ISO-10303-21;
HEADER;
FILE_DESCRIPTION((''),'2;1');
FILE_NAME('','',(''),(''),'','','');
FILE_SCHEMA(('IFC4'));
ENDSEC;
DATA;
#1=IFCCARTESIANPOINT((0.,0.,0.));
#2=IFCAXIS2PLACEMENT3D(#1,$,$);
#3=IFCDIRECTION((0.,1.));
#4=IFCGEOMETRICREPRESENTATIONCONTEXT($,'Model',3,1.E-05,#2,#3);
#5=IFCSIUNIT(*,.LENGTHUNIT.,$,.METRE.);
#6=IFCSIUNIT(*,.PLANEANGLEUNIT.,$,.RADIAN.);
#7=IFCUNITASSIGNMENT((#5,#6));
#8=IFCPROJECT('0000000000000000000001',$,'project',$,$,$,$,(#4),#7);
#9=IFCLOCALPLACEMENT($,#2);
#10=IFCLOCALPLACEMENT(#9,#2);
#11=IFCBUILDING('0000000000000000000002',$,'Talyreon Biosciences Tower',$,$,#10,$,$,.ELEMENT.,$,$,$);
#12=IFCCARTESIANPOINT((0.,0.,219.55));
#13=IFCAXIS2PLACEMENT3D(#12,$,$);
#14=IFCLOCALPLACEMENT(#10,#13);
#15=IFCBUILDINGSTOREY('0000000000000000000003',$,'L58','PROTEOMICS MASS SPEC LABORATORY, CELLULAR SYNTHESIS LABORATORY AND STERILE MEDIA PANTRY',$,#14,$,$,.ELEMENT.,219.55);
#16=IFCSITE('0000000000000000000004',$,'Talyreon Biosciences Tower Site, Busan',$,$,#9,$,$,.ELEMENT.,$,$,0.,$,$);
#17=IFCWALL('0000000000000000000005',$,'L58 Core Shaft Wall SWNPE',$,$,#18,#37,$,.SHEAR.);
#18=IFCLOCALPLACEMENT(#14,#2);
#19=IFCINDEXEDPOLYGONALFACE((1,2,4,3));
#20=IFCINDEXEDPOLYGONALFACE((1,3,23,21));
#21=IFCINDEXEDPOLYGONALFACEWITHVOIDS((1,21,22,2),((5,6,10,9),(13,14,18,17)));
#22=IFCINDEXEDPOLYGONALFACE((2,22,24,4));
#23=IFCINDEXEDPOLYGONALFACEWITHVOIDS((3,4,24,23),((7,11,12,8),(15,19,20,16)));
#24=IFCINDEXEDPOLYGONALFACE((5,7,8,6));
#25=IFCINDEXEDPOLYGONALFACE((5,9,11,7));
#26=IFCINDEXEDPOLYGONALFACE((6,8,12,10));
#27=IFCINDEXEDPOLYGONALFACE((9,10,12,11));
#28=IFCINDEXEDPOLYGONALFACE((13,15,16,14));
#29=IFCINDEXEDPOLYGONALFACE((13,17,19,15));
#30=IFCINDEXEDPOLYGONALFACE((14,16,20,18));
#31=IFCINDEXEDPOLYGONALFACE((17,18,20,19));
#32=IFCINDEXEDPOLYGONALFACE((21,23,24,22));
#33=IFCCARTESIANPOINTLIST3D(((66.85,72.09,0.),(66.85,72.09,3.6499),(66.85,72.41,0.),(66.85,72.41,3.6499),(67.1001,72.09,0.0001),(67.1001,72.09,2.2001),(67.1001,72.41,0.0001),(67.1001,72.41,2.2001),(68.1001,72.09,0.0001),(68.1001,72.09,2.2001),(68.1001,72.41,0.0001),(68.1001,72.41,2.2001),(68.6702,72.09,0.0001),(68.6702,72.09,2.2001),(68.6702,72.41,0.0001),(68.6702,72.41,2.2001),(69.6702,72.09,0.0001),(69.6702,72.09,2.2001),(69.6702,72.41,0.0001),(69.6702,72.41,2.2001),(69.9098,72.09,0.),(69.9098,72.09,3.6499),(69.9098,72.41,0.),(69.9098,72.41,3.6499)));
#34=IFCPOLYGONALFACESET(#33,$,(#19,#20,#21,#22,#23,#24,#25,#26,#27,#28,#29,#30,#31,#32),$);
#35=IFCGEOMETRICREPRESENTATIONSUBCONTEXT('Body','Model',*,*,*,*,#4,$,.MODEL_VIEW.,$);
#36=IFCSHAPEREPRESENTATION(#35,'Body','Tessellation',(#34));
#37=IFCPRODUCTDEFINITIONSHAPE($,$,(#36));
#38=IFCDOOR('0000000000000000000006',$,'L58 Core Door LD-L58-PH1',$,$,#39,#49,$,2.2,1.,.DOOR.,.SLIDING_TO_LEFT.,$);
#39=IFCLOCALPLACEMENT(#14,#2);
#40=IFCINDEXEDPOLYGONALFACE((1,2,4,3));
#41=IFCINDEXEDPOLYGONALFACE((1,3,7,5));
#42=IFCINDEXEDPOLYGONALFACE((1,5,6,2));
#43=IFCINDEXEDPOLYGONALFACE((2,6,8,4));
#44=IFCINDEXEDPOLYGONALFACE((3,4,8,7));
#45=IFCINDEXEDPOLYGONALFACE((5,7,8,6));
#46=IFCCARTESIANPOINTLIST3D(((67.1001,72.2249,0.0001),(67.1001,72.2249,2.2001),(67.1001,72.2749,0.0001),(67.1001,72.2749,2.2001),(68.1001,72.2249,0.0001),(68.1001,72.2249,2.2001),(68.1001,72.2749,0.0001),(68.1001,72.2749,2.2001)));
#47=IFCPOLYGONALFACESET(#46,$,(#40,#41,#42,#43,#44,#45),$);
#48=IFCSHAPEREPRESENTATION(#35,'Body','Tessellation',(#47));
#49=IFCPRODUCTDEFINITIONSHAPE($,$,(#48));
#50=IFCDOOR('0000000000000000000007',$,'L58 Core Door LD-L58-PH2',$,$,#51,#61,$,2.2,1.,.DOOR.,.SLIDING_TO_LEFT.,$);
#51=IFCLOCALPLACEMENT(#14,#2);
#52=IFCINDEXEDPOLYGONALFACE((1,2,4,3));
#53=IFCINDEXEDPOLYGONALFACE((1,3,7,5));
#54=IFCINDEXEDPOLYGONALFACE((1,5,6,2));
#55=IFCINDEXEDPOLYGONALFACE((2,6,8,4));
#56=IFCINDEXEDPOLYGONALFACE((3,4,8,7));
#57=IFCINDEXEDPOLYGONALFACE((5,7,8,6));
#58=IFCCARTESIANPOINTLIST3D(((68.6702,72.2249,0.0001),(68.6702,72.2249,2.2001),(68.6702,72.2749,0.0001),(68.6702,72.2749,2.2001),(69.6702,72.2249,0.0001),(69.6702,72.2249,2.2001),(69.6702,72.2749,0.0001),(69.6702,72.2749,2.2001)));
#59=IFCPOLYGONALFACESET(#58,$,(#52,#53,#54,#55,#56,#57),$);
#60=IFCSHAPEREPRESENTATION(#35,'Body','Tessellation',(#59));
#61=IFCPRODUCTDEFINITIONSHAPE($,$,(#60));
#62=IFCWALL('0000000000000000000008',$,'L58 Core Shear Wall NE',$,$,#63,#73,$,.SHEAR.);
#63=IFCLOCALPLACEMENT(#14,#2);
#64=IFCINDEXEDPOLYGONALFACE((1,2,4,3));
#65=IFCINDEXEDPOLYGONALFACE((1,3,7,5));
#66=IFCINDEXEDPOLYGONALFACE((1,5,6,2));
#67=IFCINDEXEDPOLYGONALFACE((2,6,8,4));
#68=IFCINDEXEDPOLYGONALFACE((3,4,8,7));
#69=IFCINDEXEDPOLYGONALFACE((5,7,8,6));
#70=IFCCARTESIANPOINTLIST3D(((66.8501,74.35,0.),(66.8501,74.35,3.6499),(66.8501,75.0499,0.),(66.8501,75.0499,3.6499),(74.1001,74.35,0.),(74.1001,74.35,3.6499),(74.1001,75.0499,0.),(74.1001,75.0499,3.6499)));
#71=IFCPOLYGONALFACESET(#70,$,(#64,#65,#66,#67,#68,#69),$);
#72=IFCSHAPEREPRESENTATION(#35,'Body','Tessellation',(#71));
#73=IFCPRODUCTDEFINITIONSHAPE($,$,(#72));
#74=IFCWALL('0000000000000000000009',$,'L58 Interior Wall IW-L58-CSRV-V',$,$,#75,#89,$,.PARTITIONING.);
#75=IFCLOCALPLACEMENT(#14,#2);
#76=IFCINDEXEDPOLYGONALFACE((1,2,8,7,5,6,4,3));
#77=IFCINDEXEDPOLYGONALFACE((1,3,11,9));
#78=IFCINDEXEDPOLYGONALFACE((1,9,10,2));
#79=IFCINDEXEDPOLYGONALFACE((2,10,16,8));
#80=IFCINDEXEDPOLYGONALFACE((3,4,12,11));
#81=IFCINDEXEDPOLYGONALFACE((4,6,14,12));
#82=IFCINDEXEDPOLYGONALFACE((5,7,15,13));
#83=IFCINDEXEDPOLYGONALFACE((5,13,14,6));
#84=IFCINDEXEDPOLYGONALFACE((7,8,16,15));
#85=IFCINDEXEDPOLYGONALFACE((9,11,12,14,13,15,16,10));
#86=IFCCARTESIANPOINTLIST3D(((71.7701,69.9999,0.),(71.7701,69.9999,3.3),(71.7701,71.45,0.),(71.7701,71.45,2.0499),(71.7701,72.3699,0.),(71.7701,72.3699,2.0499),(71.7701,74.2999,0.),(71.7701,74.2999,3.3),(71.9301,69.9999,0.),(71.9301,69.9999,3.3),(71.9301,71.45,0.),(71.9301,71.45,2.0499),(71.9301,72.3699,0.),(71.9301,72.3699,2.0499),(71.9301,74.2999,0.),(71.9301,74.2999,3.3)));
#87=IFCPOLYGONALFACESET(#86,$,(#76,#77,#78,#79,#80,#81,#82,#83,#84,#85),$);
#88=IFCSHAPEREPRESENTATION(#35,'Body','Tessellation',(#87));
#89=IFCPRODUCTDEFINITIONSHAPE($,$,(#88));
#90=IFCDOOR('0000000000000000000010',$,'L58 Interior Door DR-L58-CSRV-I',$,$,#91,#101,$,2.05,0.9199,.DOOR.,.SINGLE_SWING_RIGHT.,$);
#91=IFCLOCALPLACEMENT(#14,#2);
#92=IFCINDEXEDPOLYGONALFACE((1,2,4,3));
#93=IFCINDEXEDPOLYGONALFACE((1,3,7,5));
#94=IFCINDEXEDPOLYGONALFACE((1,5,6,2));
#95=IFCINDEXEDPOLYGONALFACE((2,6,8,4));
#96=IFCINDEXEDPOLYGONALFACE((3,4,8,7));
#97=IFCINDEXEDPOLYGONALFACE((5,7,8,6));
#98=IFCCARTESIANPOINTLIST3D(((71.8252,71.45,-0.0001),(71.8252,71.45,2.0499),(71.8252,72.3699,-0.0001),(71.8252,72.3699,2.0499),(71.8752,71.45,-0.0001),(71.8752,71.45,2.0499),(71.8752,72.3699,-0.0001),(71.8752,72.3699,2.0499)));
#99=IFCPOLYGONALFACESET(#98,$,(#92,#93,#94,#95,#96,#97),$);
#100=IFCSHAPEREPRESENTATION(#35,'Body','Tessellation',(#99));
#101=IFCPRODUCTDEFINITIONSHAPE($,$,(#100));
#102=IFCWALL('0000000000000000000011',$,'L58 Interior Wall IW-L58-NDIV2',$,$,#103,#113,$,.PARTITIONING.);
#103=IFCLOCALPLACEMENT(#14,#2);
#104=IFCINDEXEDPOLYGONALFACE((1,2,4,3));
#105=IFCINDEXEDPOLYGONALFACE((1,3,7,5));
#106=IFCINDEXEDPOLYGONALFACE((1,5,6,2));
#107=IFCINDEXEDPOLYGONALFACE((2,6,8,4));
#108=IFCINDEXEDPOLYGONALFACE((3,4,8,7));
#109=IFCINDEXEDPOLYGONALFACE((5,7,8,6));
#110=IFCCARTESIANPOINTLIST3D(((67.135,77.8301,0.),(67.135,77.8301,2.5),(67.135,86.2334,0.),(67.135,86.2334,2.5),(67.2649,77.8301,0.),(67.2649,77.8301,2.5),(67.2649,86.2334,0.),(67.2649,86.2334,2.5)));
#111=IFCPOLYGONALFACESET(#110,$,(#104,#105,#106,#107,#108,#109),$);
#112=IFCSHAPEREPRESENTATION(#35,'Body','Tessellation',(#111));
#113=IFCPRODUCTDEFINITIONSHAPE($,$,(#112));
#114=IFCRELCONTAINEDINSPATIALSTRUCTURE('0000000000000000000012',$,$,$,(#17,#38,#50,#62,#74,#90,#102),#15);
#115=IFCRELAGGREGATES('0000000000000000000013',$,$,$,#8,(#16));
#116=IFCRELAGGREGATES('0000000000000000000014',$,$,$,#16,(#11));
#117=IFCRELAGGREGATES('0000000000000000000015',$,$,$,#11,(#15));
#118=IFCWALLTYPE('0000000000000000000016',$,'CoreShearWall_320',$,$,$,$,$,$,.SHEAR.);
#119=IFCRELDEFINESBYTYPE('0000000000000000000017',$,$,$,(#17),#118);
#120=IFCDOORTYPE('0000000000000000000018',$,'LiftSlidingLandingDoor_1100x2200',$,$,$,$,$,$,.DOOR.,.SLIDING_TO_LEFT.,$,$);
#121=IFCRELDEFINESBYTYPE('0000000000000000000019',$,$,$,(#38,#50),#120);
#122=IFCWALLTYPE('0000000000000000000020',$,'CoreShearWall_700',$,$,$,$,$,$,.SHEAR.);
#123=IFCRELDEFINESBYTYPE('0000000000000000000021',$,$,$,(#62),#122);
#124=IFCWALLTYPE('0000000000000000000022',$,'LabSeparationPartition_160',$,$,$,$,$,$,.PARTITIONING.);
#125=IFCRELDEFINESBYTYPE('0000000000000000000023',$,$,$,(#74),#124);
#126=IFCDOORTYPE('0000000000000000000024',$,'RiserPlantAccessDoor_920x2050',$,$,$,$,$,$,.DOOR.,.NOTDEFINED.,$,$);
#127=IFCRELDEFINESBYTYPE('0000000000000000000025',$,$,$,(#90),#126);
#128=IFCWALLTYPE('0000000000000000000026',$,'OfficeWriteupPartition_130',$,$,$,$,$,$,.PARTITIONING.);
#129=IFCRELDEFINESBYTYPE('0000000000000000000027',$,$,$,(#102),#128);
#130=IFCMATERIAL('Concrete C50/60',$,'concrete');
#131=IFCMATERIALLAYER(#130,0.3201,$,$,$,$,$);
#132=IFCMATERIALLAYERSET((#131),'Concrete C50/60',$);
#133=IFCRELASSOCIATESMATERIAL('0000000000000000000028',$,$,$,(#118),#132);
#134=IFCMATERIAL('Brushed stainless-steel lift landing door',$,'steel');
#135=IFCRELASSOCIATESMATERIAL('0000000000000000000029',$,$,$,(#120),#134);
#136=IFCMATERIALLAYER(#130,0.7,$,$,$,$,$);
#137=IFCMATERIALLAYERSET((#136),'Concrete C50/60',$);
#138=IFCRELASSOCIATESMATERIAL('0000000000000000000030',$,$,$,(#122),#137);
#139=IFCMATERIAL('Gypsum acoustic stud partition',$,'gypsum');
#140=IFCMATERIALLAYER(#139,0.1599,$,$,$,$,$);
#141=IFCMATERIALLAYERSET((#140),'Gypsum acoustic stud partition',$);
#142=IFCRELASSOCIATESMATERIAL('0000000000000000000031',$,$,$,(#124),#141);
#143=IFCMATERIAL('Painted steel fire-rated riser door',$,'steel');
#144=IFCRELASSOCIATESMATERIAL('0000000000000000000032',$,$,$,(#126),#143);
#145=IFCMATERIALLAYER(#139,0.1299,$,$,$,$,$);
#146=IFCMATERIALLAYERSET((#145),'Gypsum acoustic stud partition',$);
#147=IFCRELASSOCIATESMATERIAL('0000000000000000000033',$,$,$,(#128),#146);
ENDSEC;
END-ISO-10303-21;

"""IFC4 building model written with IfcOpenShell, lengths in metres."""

from ifc_helpers import new_model, si_unit, direction, frame, frame_2d, origin, place, context, subcontext, project, spatial, rectangle, extrude, material, layer, layer_set, type_object, element, fill, save


model = new_model("IFC4")

# Units and contexts
model_context = context("Model", 3, precision=1e-05, world=origin(), true_north=direction((0.0, 1.0)))
body_context = subcontext(model_context, "Body", "Model", "MODEL_VIEW")
ifc_project = project(units=[si_unit("LENGTHUNIT", "METRE"), si_unit("PLANEANGLEUNIT", "RADIAN")], contexts=[model_context])

# Site, building, storey
site_placement = place(None, origin())
site = spatial("IfcSite", under=ifc_project, at=site_placement, Name="Talyreon Biosciences Tower Site, Busan", CompositionType="ELEMENT", RefElevation=0.0)
building_placement = place(site_placement, origin())
building = spatial("IfcBuilding", under=site, at=building_placement, Name="Talyreon Biosciences Tower", CompositionType="ELEMENT")
storey_placement = place(building_placement, frame((0.0, 0.0, 219.55)))
storey = spatial("IfcBuildingStorey", under=building, at=storey_placement, Name="L58", Description="PROTEOMICS MASS SPEC LABORATORY, CELLULAR SYNTHESIS LABORATORY AND STERILE MEDIA PANTRY", CompositionType="ELEMENT", Elevation=219.55)

# Shared definitions
ifc_material_1 = material(Name="Concrete C50/60", Category="concrete")

# Shared definitions
ifc_layer_1 = layer(ifc_material_1, 0.3201)
ifc_layer_set_1 = layer_set([ifc_layer_1], Name="Concrete C50/60")
wall_type_1 = type_object("IfcWallType", Name="CoreShearWall_320", PredefinedType="SHEAR", material=ifc_layer_set_1)

# Wall, openings, doors
wall_1_placement = place(storey_placement, frame((66.8501, 72.25, 0.0), z_axis=(0.0, 0.0, 1.0), x_axis=(1.0, 0.0, 0.0)))
wall_1 = element("IfcWall", 1, at=wall_1_placement, inside=storey, type_object=wall_type_1, Name="L58 Core Shaft Wall SWNPE", PredefinedType="SHEAR", context=body_context, shape_type="SweptSolid", body=[
    extrude(rectangle(XDim=3.0598, YDim=0.3201, at=frame_2d((1.5298, 0.0))), origin(), (0.0, 0.0, 1.0), 3.6499),
])
opening_1_placement = place(wall_1_placement, frame((0.25, 0.0, 0.0)))
opening_1 = element("IfcOpeningElement", 2, at=opening_1_placement, cuts=wall_1, PredefinedType="OPENING", context=body_context, shape_type="SweptSolid", body=[
    extrude(rectangle(XDim=1.0, YDim=2.2, at=frame_2d((0.5, 1.1001))), frame((0.0, 0.1699, 0.0), z_axis=(0.0, -1.0, 0.0), x_axis=(1.0, 0.0, 0.0)), (0.0, 0.0, 1.0), 0.3401),
])
opening_2_placement = place(wall_1_placement, frame((1.8201, 0.0, 0.0)))
opening_2 = element("IfcOpeningElement", 3, at=opening_2_placement, cuts=wall_1, PredefinedType="OPENING", context=body_context, shape_type="SweptSolid", body=[
    extrude(rectangle(XDim=1.0, YDim=2.2, at=frame_2d((0.5, 1.1001))), frame((0.0, 0.1699, 0.0), z_axis=(0.0, -1.0, 0.0), x_axis=(1.0, 0.0, 0.0)), (0.0, 0.0, 1.0), 0.3401),
])
ifc_material_2 = material(Name="Brushed stainless-steel lift landing door", Category="steel")
door_type_1 = type_object("IfcDoorType", Name="LiftSlidingLandingDoor_1100x2200", OperationType="SLIDING_TO_LEFT", PredefinedType="DOOR", material=ifc_material_2)
door_1_placement = place(opening_1_placement, origin())
door_1 = element("IfcDoor", 4, at=door_1_placement, inside=storey, type_object=door_type_1, Name="L58 Core Door LD-L58-PH1", OperationType="SLIDING_TO_LEFT", OverallHeight=2.2, OverallWidth=1.0, PredefinedType="DOOR", context=body_context, shape_type="SweptSolid", body=[
    extrude(rectangle(XDim=1.0, YDim=2.2, at=frame_2d((0.5, 1.1001))), frame((0.0, 0.0249, 0.0), z_axis=(0.0, -1.0, 0.0), x_axis=(1.0, 0.0, 0.0)), (0.0, 0.0, 1.0), 0.05),
])
fill(opening_1, door_1)
door_2_placement = place(opening_2_placement, origin())
door_2 = element("IfcDoor", 5, at=door_2_placement, inside=storey, type_object=door_type_1, Name="L58 Core Door LD-L58-PH2", OperationType="SLIDING_TO_LEFT", OverallHeight=2.2, OverallWidth=1.0, PredefinedType="DOOR", context=body_context, shape_type="SweptSolid", body=[
    extrude(rectangle(XDim=1.0, YDim=2.2, at=frame_2d((0.5, 1.1001))), frame((0.0, 0.0249, 0.0), z_axis=(0.0, -1.0, 0.0), x_axis=(1.0, 0.0, 0.0)), (0.0, 0.0, 1.0), 0.05),
])
fill(opening_2, door_2)

# Wall
ifc_layer_2 = layer(ifc_material_1, 0.7)
ifc_layer_set_2 = layer_set([ifc_layer_2], Name="Concrete C50/60")
wall_type_2 = type_object("IfcWallType", Name="CoreShearWall_700", PredefinedType="SHEAR", material=ifc_layer_set_2)
wall_2_placement = place(storey_placement, frame((74.1001, 74.7, 0.0), z_axis=(0.0, 0.0, 1.0), x_axis=(-1.0, 0.0, 0.0)))
element("IfcWall", 6, at=wall_2_placement, inside=storey, type_object=wall_type_2, Name="L58 Core Shear Wall NE", PredefinedType="SHEAR", context=body_context, shape_type="SweptSolid", body=[
    extrude(rectangle(XDim=7.25, YDim=0.7, at=frame_2d((3.625, 0.0))), origin(), (0.0, 0.0, 1.0), 3.6499),
])

# Wall, opening, door
ifc_material_3 = material(Name="Gypsum acoustic stud partition", Category="gypsum")
ifc_layer_3 = layer(ifc_material_3, 0.1599)
ifc_layer_set_3 = layer_set([ifc_layer_3], Name="Gypsum acoustic stud partition")
wall_type_3 = type_object("IfcWallType", Name="LabSeparationPartition_160", PredefinedType="PARTITIONING", material=ifc_layer_set_3)
wall_3_placement = place(storey_placement, frame((71.8501, 70.0, 0.0), z_axis=(0.0, 0.0, 1.0), x_axis=(0.0, 1.0, 0.0)))
wall_3 = element("IfcWall", 7, at=wall_3_placement, inside=storey, type_object=wall_type_3, Name="L58 Interior Wall IW-L58-CSRV-V", PredefinedType="PARTITIONING", context=body_context, shape_type="SweptSolid", body=[
    extrude(rectangle(XDim=4.3, YDim=0.1599, at=frame_2d((2.1499, 0.0))), origin(), (0.0, 0.0, 1.0), 3.3),
])
opening_3_placement = place(wall_3_placement, frame((1.45, 0.0, 0.0)))
opening_3 = element("IfcOpeningElement", 8, at=opening_3_placement, cuts=wall_3, PredefinedType="OPENING", context=body_context, shape_type="SweptSolid", body=[
    extrude(rectangle(XDim=0.9199, YDim=2.05, at=frame_2d((0.46, 1.0249))), frame((0.0, 0.0898, 0.0), z_axis=(0.0, -1.0, 0.0), x_axis=(1.0, 0.0, 0.0)), (0.0, 0.0, 1.0), 0.1799),
])
ifc_material_4 = material(Name="Painted steel fire-rated riser door", Category="steel")
door_type_2 = type_object("IfcDoorType", Name="RiserPlantAccessDoor_920x2050", OperationType="NOTDEFINED", PredefinedType="DOOR", material=ifc_material_4)
door_3_placement = place(opening_3_placement, origin())
door_3 = element("IfcDoor", 9, at=door_3_placement, inside=storey, type_object=door_type_2, Name="L58 Interior Door DR-L58-CSRV-I", OperationType="SINGLE_SWING_RIGHT", OverallHeight=2.05, OverallWidth=0.9199, PredefinedType="DOOR", context=body_context, shape_type="SweptSolid", body=[
    extrude(rectangle(XDim=0.9199, YDim=2.05, at=frame_2d((0.46, 1.0249))), frame((0.0, 0.0249, 0.0), z_axis=(0.0, -1.0, 0.0), x_axis=(1.0, 0.0, 0.0)), (0.0, 0.0, 1.0), 0.05),
])
fill(opening_3, door_3)

# Wall
ifc_layer_4 = layer(ifc_material_3, 0.1299)
ifc_layer_set_4 = layer_set([ifc_layer_4], Name="Gypsum acoustic stud partition")
wall_type_4 = type_object("IfcWallType", Name="OfficeWriteupPartition_130", PredefinedType="PARTITIONING", material=ifc_layer_set_4)
wall_4_placement = place(storey_placement, frame((67.2, 77.8301, 0.0), z_axis=(0.0, 0.0, 1.0), x_axis=(0.0, 1.0, 0.0)))
element("IfcWall", 10, at=wall_4_placement, inside=storey, type_object=wall_type_4, Name="L58 Interior Wall IW-L58-NDIV2", PredefinedType="PARTITIONING", context=body_context, shape_type="SweptSolid", body=[
    extrude(rectangle(XDim=8.4033, YDim=0.1299, at=frame_2d((4.2017, 0.0))), origin(), (0.0, 0.0, 1.0), 2.5),
])

save(model, "model.ifc")
